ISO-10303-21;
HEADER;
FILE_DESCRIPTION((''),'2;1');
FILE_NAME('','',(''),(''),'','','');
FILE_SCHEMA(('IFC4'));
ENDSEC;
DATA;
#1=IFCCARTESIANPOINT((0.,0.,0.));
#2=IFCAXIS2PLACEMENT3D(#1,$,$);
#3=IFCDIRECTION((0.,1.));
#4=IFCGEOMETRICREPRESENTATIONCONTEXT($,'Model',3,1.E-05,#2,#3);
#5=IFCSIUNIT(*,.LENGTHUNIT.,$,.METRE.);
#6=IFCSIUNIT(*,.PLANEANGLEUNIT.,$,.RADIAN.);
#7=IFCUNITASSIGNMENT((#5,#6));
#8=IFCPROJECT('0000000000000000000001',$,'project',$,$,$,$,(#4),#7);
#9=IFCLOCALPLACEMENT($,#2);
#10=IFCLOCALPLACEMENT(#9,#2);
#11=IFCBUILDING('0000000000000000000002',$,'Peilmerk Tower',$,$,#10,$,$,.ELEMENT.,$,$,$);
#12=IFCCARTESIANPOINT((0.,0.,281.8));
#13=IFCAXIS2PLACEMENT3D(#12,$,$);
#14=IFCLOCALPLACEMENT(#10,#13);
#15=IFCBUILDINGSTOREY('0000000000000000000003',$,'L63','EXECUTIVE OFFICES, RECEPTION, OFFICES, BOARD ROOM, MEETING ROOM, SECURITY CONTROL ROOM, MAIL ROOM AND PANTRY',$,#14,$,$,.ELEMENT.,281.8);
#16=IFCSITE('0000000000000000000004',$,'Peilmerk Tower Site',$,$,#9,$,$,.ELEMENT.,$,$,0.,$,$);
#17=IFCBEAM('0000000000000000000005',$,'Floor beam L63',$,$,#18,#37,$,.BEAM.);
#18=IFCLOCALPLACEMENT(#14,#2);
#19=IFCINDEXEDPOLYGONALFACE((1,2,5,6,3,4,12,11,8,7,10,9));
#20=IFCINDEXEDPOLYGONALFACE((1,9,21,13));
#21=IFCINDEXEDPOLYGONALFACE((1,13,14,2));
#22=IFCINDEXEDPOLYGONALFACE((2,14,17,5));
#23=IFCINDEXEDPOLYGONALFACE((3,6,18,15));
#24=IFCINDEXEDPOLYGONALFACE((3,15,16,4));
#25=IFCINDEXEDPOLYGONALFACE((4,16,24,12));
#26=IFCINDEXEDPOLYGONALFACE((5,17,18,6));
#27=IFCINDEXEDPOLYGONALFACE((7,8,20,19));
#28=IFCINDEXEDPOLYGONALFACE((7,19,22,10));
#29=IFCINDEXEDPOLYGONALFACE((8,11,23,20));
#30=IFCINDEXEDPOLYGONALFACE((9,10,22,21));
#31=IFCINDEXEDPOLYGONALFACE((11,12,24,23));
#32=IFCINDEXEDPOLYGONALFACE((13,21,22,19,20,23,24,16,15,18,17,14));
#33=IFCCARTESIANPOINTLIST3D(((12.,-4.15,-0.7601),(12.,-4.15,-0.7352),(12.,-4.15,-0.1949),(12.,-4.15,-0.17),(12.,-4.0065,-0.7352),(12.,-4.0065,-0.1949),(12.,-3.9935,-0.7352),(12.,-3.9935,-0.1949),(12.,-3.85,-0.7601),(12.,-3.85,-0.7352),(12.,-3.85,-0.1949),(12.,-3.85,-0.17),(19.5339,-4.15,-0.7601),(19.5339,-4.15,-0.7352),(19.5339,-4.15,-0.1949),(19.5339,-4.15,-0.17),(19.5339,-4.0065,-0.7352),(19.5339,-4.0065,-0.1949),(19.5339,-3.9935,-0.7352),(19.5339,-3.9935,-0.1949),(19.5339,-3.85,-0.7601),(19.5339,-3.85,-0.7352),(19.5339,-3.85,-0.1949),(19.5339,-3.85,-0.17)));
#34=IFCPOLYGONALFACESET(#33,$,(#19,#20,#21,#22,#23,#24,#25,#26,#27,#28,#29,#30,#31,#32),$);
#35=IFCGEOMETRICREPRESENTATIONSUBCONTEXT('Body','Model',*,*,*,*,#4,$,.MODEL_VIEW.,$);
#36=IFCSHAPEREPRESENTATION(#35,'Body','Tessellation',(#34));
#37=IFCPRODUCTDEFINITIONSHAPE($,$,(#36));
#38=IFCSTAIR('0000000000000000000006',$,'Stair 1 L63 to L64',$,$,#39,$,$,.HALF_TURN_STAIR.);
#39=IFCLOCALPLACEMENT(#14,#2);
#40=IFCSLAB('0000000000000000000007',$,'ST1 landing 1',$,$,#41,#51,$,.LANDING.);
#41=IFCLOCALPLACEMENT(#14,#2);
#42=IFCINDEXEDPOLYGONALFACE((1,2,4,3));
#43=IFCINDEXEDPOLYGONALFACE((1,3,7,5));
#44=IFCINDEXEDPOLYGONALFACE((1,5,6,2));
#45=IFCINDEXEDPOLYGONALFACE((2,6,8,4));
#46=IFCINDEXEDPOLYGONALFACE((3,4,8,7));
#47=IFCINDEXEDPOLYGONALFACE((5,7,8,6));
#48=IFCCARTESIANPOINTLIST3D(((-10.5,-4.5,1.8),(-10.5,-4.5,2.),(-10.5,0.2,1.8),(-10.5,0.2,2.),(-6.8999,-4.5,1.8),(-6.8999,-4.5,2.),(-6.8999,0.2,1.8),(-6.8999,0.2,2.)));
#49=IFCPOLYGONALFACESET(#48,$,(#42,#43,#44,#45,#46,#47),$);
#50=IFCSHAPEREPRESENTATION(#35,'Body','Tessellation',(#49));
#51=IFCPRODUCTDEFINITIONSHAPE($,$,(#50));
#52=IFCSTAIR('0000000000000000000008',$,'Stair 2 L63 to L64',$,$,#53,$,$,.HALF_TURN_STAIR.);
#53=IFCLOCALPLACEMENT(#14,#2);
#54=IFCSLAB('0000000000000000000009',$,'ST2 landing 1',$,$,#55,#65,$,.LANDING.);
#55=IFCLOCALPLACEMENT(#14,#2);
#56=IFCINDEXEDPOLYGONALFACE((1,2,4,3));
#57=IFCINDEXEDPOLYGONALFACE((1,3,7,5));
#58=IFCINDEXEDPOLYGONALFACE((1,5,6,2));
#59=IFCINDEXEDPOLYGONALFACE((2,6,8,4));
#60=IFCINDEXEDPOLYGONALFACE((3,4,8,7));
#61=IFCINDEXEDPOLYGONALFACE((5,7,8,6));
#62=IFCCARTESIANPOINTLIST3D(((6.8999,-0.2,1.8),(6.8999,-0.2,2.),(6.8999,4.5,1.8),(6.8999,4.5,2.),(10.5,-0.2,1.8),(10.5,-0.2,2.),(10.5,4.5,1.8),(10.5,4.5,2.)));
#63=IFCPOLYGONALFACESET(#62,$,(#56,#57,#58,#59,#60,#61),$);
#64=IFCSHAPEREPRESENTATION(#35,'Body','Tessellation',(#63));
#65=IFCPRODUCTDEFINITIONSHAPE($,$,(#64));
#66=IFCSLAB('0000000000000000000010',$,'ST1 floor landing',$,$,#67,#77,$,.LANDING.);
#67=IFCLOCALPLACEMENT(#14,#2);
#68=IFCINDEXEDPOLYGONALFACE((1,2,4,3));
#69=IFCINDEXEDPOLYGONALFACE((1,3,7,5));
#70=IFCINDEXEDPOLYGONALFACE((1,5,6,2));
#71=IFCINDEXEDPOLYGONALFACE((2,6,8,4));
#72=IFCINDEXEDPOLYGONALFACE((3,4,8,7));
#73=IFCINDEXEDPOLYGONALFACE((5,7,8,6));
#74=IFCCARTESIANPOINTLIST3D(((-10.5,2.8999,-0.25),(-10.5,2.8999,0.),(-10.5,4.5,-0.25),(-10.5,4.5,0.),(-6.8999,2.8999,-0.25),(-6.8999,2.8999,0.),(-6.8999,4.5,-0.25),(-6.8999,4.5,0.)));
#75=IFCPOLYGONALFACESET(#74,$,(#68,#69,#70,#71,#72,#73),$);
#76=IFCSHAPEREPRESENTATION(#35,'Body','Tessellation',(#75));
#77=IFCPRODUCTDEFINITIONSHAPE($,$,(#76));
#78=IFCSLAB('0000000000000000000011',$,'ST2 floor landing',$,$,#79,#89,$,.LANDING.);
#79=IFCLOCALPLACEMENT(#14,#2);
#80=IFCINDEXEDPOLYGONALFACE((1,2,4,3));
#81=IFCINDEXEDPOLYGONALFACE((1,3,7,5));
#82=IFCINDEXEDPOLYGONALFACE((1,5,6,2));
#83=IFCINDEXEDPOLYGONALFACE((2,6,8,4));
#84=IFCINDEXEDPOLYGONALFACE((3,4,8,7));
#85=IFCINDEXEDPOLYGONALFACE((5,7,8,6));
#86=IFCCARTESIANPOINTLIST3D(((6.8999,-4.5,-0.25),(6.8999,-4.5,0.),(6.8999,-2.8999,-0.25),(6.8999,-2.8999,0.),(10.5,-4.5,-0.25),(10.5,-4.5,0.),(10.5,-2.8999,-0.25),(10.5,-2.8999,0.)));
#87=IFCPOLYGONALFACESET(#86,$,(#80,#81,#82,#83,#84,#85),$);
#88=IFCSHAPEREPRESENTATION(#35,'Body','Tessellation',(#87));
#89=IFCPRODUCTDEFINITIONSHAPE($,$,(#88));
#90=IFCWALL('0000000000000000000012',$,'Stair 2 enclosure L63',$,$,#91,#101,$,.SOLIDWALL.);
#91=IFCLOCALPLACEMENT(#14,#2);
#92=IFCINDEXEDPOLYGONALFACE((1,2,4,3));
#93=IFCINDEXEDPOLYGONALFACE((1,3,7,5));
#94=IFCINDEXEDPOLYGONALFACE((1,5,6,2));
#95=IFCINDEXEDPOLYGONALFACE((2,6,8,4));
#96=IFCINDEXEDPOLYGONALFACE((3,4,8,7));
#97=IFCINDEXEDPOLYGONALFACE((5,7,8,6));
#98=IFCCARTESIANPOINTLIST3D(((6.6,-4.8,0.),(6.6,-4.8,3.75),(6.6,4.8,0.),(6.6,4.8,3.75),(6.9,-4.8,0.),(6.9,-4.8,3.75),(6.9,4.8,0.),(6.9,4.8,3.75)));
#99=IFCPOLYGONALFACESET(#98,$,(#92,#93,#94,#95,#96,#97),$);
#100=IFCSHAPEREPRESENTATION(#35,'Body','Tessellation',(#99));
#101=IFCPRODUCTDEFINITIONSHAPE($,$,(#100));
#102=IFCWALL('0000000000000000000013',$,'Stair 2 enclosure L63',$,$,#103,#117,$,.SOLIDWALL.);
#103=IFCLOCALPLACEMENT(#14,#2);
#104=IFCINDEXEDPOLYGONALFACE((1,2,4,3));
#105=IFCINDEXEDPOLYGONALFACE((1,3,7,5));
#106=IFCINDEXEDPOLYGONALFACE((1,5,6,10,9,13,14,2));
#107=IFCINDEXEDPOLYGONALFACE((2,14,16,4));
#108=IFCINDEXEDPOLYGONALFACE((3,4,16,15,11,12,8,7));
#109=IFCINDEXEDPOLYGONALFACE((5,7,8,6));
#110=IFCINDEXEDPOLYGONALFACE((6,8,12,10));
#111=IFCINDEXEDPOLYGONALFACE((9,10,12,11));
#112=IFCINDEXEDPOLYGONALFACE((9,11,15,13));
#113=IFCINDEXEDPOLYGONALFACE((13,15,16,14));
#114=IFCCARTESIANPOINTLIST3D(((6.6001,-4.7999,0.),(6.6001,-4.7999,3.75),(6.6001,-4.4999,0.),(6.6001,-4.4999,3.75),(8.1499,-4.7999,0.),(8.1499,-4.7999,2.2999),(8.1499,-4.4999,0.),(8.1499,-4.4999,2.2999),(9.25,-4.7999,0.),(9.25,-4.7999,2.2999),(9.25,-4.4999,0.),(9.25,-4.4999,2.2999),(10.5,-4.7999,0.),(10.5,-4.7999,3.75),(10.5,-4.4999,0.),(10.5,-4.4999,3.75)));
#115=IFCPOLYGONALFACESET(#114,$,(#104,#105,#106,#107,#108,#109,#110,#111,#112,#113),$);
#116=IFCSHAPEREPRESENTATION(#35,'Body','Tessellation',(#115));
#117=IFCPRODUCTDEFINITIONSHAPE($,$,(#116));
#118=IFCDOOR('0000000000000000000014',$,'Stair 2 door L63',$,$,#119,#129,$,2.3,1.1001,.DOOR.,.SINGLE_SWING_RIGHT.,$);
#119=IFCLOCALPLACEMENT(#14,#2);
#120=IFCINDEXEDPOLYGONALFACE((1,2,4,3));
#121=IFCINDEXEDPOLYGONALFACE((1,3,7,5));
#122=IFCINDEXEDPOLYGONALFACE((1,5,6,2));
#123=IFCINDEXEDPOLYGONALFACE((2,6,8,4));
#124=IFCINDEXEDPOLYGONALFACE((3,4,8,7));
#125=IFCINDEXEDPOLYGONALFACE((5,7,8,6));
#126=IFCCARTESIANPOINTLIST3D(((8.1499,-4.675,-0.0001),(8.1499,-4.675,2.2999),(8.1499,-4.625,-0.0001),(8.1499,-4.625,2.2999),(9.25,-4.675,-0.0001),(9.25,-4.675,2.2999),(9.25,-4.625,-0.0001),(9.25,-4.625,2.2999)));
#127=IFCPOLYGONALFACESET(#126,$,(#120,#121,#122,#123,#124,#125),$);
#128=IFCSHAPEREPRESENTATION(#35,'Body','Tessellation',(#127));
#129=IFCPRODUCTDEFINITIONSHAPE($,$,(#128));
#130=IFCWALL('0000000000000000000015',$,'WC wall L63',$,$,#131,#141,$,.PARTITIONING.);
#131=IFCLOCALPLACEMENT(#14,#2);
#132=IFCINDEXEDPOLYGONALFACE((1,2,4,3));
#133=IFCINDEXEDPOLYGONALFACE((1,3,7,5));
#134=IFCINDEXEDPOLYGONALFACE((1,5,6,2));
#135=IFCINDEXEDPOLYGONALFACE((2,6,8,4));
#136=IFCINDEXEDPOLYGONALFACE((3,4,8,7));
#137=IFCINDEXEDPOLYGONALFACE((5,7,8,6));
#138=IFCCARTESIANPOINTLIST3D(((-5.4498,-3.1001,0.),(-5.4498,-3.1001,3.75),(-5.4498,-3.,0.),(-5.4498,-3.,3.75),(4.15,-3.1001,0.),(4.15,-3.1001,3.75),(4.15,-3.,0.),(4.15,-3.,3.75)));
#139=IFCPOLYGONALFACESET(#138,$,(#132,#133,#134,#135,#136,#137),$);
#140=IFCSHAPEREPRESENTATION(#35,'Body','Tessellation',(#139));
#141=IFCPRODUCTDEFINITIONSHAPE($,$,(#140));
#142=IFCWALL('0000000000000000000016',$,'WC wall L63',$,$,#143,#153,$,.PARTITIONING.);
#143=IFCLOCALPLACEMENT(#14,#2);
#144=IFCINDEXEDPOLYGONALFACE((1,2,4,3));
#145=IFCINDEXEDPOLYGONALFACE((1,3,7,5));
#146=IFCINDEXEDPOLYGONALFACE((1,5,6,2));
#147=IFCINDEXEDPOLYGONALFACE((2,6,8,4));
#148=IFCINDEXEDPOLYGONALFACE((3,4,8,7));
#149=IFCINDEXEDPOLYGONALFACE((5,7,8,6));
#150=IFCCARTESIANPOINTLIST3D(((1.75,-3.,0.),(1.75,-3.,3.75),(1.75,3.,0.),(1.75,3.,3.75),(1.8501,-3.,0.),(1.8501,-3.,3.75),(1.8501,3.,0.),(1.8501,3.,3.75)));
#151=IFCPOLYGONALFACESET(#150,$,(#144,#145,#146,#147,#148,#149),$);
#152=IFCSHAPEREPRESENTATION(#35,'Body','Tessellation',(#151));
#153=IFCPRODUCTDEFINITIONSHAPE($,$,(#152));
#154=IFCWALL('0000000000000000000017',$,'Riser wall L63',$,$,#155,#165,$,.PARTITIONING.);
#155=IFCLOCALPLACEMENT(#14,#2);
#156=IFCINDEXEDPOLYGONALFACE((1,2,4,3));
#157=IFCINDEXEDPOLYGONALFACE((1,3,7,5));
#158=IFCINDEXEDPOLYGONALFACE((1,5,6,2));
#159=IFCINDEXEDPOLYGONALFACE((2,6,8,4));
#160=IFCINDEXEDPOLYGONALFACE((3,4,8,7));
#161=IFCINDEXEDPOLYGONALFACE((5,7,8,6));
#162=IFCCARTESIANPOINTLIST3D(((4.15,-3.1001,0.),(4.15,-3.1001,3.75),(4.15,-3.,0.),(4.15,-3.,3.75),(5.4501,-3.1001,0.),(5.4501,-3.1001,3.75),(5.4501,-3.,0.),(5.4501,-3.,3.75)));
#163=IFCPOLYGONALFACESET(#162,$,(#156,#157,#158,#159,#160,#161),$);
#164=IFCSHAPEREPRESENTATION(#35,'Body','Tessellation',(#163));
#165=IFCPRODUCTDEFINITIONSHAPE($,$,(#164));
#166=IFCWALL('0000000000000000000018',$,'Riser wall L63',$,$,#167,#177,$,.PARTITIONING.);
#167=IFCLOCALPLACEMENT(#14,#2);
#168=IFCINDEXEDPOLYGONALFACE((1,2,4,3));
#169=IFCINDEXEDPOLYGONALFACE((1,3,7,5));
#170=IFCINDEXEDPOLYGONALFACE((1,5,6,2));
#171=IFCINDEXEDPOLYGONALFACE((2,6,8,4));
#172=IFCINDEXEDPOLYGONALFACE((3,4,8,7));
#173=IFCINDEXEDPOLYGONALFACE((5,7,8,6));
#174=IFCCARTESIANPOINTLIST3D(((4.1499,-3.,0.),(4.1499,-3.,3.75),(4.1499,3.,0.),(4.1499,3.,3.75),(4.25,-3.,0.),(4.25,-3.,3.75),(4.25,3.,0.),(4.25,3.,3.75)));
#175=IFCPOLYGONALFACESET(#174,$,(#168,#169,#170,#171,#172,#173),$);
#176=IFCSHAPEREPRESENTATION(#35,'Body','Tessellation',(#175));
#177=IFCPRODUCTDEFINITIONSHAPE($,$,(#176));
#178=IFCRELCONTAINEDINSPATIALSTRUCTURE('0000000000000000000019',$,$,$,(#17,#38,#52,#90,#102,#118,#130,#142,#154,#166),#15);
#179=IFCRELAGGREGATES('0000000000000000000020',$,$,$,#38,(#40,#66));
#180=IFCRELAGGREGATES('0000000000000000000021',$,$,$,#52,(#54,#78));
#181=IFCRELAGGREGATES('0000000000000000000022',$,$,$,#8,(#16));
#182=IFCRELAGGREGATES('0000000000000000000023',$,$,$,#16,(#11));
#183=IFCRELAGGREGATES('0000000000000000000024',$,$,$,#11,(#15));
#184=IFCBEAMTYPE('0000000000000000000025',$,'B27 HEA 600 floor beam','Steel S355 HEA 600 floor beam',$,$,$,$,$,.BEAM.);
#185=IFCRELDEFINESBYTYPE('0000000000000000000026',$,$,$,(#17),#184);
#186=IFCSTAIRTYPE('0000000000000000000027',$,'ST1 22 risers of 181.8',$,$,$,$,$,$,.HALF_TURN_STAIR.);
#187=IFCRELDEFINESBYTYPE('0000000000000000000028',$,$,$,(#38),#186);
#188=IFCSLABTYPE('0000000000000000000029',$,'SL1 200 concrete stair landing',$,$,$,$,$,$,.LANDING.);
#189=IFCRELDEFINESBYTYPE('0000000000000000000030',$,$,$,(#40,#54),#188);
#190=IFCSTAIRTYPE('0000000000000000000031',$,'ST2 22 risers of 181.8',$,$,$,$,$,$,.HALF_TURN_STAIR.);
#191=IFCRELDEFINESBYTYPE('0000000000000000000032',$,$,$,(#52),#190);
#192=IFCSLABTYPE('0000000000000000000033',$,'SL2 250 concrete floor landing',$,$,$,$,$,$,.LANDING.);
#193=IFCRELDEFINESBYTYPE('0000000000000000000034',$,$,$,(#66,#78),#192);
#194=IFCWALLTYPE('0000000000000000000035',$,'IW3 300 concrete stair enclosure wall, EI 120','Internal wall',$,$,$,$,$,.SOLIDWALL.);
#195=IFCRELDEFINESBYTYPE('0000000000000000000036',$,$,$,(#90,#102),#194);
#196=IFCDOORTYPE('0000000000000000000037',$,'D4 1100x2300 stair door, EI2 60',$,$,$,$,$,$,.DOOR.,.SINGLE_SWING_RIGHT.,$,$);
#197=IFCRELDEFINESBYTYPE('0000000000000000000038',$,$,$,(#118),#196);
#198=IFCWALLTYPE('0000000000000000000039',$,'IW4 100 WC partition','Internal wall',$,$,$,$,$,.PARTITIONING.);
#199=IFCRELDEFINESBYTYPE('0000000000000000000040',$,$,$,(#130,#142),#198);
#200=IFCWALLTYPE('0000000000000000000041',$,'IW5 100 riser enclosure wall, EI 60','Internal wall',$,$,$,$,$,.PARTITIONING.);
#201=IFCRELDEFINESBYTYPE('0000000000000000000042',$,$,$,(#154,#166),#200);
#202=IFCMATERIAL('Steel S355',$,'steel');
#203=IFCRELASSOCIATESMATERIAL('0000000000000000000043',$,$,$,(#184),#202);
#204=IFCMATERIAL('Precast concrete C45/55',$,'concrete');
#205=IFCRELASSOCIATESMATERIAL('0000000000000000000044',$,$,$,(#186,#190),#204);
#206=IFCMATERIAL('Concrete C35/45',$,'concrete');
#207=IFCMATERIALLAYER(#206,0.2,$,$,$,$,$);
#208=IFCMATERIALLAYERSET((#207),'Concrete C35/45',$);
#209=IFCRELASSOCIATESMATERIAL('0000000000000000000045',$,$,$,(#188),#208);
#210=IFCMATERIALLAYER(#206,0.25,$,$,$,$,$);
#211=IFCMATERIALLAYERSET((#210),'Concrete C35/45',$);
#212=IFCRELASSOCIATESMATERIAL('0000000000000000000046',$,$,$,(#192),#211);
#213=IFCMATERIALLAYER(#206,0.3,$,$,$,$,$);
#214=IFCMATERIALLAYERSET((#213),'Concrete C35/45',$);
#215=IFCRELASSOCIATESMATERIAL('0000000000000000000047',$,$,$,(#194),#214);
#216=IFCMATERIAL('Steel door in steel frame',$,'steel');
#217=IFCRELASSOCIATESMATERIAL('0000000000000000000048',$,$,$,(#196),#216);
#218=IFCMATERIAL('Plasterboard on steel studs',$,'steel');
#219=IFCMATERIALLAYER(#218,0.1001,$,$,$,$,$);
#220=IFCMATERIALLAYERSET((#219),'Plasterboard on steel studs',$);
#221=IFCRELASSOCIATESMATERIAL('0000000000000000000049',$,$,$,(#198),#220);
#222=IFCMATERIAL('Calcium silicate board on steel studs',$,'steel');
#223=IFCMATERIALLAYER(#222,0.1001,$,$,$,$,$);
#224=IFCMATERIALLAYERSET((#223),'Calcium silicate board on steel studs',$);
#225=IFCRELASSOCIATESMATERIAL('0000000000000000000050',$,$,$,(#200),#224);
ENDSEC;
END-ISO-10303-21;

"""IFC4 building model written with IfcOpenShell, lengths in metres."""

from ifc_helpers import new_model, si_unit, direction, frame, frame_2d, origin, origin_2d, place, context, subcontext, project, spatial, polyline, rectangle, i_section, outline, extrude, material, layer, layer_set, material_profile, profile_set, type_object, element, fill, aggregate, save


model = new_model("IFC4")

# Units and contexts
model_context = context("Model", 3, precision=1e-05, world=origin(), true_north=direction((0.0, 1.0)))
body_context = subcontext(model_context, "Body", "Model", "MODEL_VIEW")
ifc_project = project(units=[si_unit("LENGTHUNIT", "METRE"), si_unit("PLANEANGLEUNIT", "RADIAN")], contexts=[model_context])

# Site, building, storey
site_placement = place(None, origin())
site = spatial("IfcSite", under=ifc_project, at=site_placement, Name="Peilmerk Tower Site", CompositionType="ELEMENT", RefElevation=0.0)
building_placement = place(site_placement, origin())
building = spatial("IfcBuilding", under=site, at=building_placement, Name="Peilmerk Tower", CompositionType="ELEMENT")
storey_placement = place(building_placement, frame((0.0, 0.0, 281.8)))
storey = spatial("IfcBuildingStorey", under=building, at=storey_placement, Name="L63", Description="EXECUTIVE OFFICES, RECEPTION, OFFICES, BOARD ROOM, MEETING ROOM, SECURITY CONTROL ROOM, MAIL ROOM AND PANTRY", CompositionType="ELEMENT", Elevation=281.8)

# Beam
ifc_material_1 = material(Name="Steel S355", Category="steel")
ifc_material_profile = material_profile(ifc_material_1, i_section(OverallWidth=0.3, OverallDepth=0.5901, WebThickness=0.0129, FlangeThickness=0.0249, at=origin_2d()), Name="HEA 600")
ifc_profile_set = profile_set([ifc_material_profile], Name="Steel S355")
beam_type = type_object("IfcBeamType", Name="B27 HEA 600 floor beam", Description="Steel S355 HEA 600 floor beam", PredefinedType="BEAM", material=ifc_profile_set)
beam_placement = place(storey_placement, frame((12.0, -4.0, -0.4651), z_axis=(1.0, 0.0, 0.0), x_axis=(0.0, 1.0, 0.0)))
element("IfcBeam", 1, at=beam_placement, inside=storey, type_object=beam_type, Name="Floor beam L63", PredefinedType="BEAM", context=body_context, shape_type="SweptSolid", body=[
    extrude(i_section(OverallWidth=0.3, OverallDepth=0.5901, WebThickness=0.0129, FlangeThickness=0.0249, at=origin_2d()), origin(), (0.0, 0.0, 1.0), 7.5339),
])

# Stairs, slabs
ifc_material_2 = material(Name="Precast concrete C45/55", Category="concrete")
stair_type_1 = type_object("IfcStairType", Name="ST1 22 risers of 181.8", PredefinedType="HALF_TURN_STAIR", material=ifc_material_2)
stair_1_placement = place(storey_placement, origin())
stair_1 = element("IfcStair", 2, at=stair_1_placement, inside=storey, type_object=stair_type_1, Name="Stair 1 L63 to L64", PredefinedType="HALF_TURN_STAIR")
ifc_material_3 = material(Name="Concrete C35/45", Category="concrete")
ifc_layer_1 = layer(ifc_material_3, 0.2)
ifc_layer_set_1 = layer_set([ifc_layer_1], Name="Concrete C35/45")
slab_type_1 = type_object("IfcSlabType", Name="SL1 200 concrete stair landing", PredefinedType="LANDING", material=ifc_layer_set_1)
slab_1_placement = place(storey_placement, frame((0.0, 0.0, 1.8)))
slab_1 = element("IfcSlab", 3, at=slab_1_placement, type_object=slab_type_1, Name="ST1 landing 1", PredefinedType="LANDING", context=body_context, shape_type="SweptSolid", body=[
    extrude(outline(polyline([(-10.5, -4.5), (-6.8999, -4.5), (-6.8999, 0.2), (-10.5, 0.2), (-10.5, -4.5)])), origin(), (0.0, 0.0, 1.0), 0.2),
])
stair_type_2 = type_object("IfcStairType", Name="ST2 22 risers of 181.8", PredefinedType="HALF_TURN_STAIR", material=ifc_material_2)
stair_2_placement = place(storey_placement, origin())
stair_2 = element("IfcStair", 4, at=stair_2_placement, inside=storey, type_object=stair_type_2, Name="Stair 2 L63 to L64", PredefinedType="HALF_TURN_STAIR")
slab_2_placement = place(storey_placement, frame((0.0, 0.0, 1.8)))
slab_2 = element("IfcSlab", 5, at=slab_2_placement, type_object=slab_type_1, Name="ST2 landing 1", PredefinedType="LANDING", context=body_context, shape_type="SweptSolid", body=[
    extrude(outline(polyline([(6.8999, -0.2), (10.5, -0.2), (10.5, 4.5), (6.8999, 4.5), (6.8999, -0.2)])), origin(), (0.0, 0.0, 1.0), 0.2),
])

# Slabs
ifc_layer_2 = layer(ifc_material_3, 0.25)
ifc_layer_set_2 = layer_set([ifc_layer_2], Name="Concrete C35/45")
slab_type_2 = type_object("IfcSlabType", Name="SL2 250 concrete floor landing", PredefinedType="LANDING", material=ifc_layer_set_2)
slab_3_placement = place(storey_placement, frame((0.0, 0.0, -0.25)))
slab_3 = element("IfcSlab", 6, at=slab_3_placement, type_object=slab_type_2, Name="ST1 floor landing", PredefinedType="LANDING", context=body_context, shape_type="SweptSolid", body=[
    extrude(outline(polyline([(-10.5, 2.8999), (-6.8999, 2.8999), (-6.8999, 4.5), (-10.5, 4.5), (-10.5, 2.8999)])), origin(), (0.0, 0.0, 1.0), 0.25),
])
aggregate(stair_1, [slab_1, slab_3])
slab_4_placement = place(storey_placement, frame((0.0, 0.0, -0.25)))
slab_4 = element("IfcSlab", 7, at=slab_4_placement, type_object=slab_type_2, Name="ST2 floor landing", PredefinedType="LANDING", context=body_context, shape_type="SweptSolid", body=[
    extrude(outline(polyline([(6.8999, -4.5), (10.5, -4.5), (10.5, -2.8999), (6.8999, -2.8999), (6.8999, -4.5)])), origin(), (0.0, 0.0, 1.0), 0.25),
])

# Wall
ifc_layer_3 = layer(ifc_material_3, 0.3)
ifc_layer_set_3 = layer_set([ifc_layer_3], Name="Concrete C35/45")
wall_type_1 = type_object("IfcWallType", Name="IW3 300 concrete stair enclosure wall, EI 120", Description="Internal wall", PredefinedType="SOLIDWALL", material=ifc_layer_set_3)
wall_1_placement = place(storey_placement, frame((6.75, -4.8, 0.0), z_axis=(0.0, 0.0, 1.0), x_axis=(0.0, 1.0, 0.0)))
element("IfcWall", 8, at=wall_1_placement, inside=storey, type_object=wall_type_1, Name="Stair 2 enclosure L63", PredefinedType="SOLIDWALL", context=body_context, shape_type="SweptSolid", body=[
    extrude(rectangle(XDim=9.6001, YDim=0.3, at=frame_2d((4.8, 0.0))), origin(), (0.0, 0.0, 1.0), 3.75),
])

# Wall, opening, door
wall_2_placement = place(storey_placement, frame((10.5, -4.6499, 0.0), z_axis=(0.0, 0.0, 1.0), x_axis=(-1.0, 0.0, 0.0)))
wall_2 = element("IfcWall", 9, at=wall_2_placement, inside=storey, type_object=wall_type_1, Name="Stair 2 enclosure L63", PredefinedType="SOLIDWALL", context=body_context, shape_type="SweptSolid", body=[
    extrude(rectangle(XDim=3.8999, YDim=0.3, at=frame_2d((1.95, 0.0))), origin(), (0.0, 0.0, 1.0), 3.75),
])
opening_1_placement = place(wall_2_placement, frame((1.25, 0.0, 0.0)))
opening_1 = element("IfcOpeningElement", 10, at=opening_1_placement, cuts=wall_2, PredefinedType="OPENING", context=body_context, shape_type="SweptSolid", body=[
    extrude(rectangle(XDim=1.1001, YDim=2.3, at=frame_2d((0.55, 1.1499))), frame((0.0, 0.1599, 0.0), z_axis=(0.0, -1.0, 0.0), x_axis=(1.0, 0.0, 0.0)), (0.0, 0.0, 1.0), 0.3201),
])
ifc_material_4 = material(Name="Steel door in steel frame", Category="steel")
door_type_1 = type_object("IfcDoorType", Name="D4 1100x2300 stair door, EI2 60", OperationType="SINGLE_SWING_RIGHT", PredefinedType="DOOR", material=ifc_material_4)
door_1_placement = place(opening_1_placement, frame((1.1001, 0.0, 0.0), z_axis=(0.0, 0.0, 1.0), x_axis=(-1.0, 0.0, 0.0)))
door_1 = element("IfcDoor", 11, at=door_1_placement, inside=storey, type_object=door_type_1, Name="Stair 2 door L63", OperationType="SINGLE_SWING_RIGHT", OverallHeight=2.3, OverallWidth=1.1001, PredefinedType="DOOR", context=body_context, shape_type="SweptSolid", body=[
    extrude(rectangle(XDim=1.1001, YDim=2.3, at=frame_2d((0.55, 1.1499))), frame((0.0, 0.0249, 0.0), z_axis=(0.0, -1.0, 0.0), x_axis=(1.0, 0.0, 0.0)), (0.0, 0.0, 1.0), 0.05),
])
fill(opening_1, door_1)

# Walls
ifc_material_5 = material(Name="Plasterboard on steel studs", Category="steel")
ifc_layer_4 = layer(ifc_material_5, 0.1001)
ifc_layer_set_4 = layer_set([ifc_layer_4], Name="Plasterboard on steel studs")
wall_type_2 = type_object("IfcWallType", Name="IW4 100 WC partition", Description="Internal wall", PredefinedType="PARTITIONING", material=ifc_layer_set_4)
wall_3_placement = place(storey_placement, frame((4.1499, -3.05, 0.0), z_axis=(0.0, 0.0, 1.0), x_axis=(-1.0, 0.0, 0.0)))
element("IfcWall", 12, at=wall_3_placement, inside=storey, type_object=wall_type_2, Name="WC wall L63", PredefinedType="PARTITIONING", context=body_context, shape_type="SweptSolid", body=[
    extrude(rectangle(XDim=9.5999, YDim=0.1001, at=frame_2d((4.7998, 0.0))), origin(), (0.0, 0.0, 1.0), 3.75),
])
wall_4_placement = place(storey_placement, frame((1.8, -3.0, 0.0), z_axis=(0.0, 0.0, 1.0), x_axis=(0.0, 1.0, 0.0)))
element("IfcWall", 13, at=wall_4_placement, inside=storey, type_object=wall_type_2, Name="WC wall L63", PredefinedType="PARTITIONING", context=body_context, shape_type="SweptSolid", body=[
    extrude(rectangle(XDim=6.0, YDim=0.1001, at=frame_2d((3.0, 0.0))), origin(), (0.0, 0.0, 1.0), 3.75),
])
ifc_material_6 = material(Name="Calcium silicate board on steel studs", Category="steel")
ifc_layer_5 = layer(ifc_material_6, 0.1001)
ifc_layer_set_5 = layer_set([ifc_layer_5], Name="Calcium silicate board on steel studs")
wall_type_3 = type_object("IfcWallType", Name="IW5 100 riser enclosure wall, EI 60", Description="Internal wall", PredefinedType="PARTITIONING", material=ifc_layer_set_5)
wall_5_placement = place(storey_placement, frame((5.45, -3.05, 0.0), z_axis=(0.0, 0.0, 1.0), x_axis=(-1.0, 0.0, 0.0)))
element("IfcWall", 14, at=wall_5_placement, inside=storey, type_object=wall_type_3, Name="Riser wall L63", PredefinedType="PARTITIONING", context=body_context, shape_type="SweptSolid", body=[
    extrude(rectangle(XDim=1.3, YDim=0.1001, at=frame_2d((0.6499, 0.0))), origin(), (0.0, 0.0, 1.0), 3.75),
])
wall_6_placement = place(storey_placement, frame((4.2, -3.0, 0.0), z_axis=(0.0, 0.0, 1.0), x_axis=(0.0, 1.0, 0.0)))
element("IfcWall", 15, at=wall_6_placement, inside=storey, type_object=wall_type_3, Name="Riser wall L63", PredefinedType="PARTITIONING", context=body_context, shape_type="SweptSolid", body=[
    extrude(rectangle(XDim=6.0, YDim=0.1001, at=frame_2d((3.0, 0.0))), origin(), (0.0, 0.0, 1.0), 3.75),
])

aggregate(stair_2, [slab_2, slab_4])

save(model, "model.ifc")
